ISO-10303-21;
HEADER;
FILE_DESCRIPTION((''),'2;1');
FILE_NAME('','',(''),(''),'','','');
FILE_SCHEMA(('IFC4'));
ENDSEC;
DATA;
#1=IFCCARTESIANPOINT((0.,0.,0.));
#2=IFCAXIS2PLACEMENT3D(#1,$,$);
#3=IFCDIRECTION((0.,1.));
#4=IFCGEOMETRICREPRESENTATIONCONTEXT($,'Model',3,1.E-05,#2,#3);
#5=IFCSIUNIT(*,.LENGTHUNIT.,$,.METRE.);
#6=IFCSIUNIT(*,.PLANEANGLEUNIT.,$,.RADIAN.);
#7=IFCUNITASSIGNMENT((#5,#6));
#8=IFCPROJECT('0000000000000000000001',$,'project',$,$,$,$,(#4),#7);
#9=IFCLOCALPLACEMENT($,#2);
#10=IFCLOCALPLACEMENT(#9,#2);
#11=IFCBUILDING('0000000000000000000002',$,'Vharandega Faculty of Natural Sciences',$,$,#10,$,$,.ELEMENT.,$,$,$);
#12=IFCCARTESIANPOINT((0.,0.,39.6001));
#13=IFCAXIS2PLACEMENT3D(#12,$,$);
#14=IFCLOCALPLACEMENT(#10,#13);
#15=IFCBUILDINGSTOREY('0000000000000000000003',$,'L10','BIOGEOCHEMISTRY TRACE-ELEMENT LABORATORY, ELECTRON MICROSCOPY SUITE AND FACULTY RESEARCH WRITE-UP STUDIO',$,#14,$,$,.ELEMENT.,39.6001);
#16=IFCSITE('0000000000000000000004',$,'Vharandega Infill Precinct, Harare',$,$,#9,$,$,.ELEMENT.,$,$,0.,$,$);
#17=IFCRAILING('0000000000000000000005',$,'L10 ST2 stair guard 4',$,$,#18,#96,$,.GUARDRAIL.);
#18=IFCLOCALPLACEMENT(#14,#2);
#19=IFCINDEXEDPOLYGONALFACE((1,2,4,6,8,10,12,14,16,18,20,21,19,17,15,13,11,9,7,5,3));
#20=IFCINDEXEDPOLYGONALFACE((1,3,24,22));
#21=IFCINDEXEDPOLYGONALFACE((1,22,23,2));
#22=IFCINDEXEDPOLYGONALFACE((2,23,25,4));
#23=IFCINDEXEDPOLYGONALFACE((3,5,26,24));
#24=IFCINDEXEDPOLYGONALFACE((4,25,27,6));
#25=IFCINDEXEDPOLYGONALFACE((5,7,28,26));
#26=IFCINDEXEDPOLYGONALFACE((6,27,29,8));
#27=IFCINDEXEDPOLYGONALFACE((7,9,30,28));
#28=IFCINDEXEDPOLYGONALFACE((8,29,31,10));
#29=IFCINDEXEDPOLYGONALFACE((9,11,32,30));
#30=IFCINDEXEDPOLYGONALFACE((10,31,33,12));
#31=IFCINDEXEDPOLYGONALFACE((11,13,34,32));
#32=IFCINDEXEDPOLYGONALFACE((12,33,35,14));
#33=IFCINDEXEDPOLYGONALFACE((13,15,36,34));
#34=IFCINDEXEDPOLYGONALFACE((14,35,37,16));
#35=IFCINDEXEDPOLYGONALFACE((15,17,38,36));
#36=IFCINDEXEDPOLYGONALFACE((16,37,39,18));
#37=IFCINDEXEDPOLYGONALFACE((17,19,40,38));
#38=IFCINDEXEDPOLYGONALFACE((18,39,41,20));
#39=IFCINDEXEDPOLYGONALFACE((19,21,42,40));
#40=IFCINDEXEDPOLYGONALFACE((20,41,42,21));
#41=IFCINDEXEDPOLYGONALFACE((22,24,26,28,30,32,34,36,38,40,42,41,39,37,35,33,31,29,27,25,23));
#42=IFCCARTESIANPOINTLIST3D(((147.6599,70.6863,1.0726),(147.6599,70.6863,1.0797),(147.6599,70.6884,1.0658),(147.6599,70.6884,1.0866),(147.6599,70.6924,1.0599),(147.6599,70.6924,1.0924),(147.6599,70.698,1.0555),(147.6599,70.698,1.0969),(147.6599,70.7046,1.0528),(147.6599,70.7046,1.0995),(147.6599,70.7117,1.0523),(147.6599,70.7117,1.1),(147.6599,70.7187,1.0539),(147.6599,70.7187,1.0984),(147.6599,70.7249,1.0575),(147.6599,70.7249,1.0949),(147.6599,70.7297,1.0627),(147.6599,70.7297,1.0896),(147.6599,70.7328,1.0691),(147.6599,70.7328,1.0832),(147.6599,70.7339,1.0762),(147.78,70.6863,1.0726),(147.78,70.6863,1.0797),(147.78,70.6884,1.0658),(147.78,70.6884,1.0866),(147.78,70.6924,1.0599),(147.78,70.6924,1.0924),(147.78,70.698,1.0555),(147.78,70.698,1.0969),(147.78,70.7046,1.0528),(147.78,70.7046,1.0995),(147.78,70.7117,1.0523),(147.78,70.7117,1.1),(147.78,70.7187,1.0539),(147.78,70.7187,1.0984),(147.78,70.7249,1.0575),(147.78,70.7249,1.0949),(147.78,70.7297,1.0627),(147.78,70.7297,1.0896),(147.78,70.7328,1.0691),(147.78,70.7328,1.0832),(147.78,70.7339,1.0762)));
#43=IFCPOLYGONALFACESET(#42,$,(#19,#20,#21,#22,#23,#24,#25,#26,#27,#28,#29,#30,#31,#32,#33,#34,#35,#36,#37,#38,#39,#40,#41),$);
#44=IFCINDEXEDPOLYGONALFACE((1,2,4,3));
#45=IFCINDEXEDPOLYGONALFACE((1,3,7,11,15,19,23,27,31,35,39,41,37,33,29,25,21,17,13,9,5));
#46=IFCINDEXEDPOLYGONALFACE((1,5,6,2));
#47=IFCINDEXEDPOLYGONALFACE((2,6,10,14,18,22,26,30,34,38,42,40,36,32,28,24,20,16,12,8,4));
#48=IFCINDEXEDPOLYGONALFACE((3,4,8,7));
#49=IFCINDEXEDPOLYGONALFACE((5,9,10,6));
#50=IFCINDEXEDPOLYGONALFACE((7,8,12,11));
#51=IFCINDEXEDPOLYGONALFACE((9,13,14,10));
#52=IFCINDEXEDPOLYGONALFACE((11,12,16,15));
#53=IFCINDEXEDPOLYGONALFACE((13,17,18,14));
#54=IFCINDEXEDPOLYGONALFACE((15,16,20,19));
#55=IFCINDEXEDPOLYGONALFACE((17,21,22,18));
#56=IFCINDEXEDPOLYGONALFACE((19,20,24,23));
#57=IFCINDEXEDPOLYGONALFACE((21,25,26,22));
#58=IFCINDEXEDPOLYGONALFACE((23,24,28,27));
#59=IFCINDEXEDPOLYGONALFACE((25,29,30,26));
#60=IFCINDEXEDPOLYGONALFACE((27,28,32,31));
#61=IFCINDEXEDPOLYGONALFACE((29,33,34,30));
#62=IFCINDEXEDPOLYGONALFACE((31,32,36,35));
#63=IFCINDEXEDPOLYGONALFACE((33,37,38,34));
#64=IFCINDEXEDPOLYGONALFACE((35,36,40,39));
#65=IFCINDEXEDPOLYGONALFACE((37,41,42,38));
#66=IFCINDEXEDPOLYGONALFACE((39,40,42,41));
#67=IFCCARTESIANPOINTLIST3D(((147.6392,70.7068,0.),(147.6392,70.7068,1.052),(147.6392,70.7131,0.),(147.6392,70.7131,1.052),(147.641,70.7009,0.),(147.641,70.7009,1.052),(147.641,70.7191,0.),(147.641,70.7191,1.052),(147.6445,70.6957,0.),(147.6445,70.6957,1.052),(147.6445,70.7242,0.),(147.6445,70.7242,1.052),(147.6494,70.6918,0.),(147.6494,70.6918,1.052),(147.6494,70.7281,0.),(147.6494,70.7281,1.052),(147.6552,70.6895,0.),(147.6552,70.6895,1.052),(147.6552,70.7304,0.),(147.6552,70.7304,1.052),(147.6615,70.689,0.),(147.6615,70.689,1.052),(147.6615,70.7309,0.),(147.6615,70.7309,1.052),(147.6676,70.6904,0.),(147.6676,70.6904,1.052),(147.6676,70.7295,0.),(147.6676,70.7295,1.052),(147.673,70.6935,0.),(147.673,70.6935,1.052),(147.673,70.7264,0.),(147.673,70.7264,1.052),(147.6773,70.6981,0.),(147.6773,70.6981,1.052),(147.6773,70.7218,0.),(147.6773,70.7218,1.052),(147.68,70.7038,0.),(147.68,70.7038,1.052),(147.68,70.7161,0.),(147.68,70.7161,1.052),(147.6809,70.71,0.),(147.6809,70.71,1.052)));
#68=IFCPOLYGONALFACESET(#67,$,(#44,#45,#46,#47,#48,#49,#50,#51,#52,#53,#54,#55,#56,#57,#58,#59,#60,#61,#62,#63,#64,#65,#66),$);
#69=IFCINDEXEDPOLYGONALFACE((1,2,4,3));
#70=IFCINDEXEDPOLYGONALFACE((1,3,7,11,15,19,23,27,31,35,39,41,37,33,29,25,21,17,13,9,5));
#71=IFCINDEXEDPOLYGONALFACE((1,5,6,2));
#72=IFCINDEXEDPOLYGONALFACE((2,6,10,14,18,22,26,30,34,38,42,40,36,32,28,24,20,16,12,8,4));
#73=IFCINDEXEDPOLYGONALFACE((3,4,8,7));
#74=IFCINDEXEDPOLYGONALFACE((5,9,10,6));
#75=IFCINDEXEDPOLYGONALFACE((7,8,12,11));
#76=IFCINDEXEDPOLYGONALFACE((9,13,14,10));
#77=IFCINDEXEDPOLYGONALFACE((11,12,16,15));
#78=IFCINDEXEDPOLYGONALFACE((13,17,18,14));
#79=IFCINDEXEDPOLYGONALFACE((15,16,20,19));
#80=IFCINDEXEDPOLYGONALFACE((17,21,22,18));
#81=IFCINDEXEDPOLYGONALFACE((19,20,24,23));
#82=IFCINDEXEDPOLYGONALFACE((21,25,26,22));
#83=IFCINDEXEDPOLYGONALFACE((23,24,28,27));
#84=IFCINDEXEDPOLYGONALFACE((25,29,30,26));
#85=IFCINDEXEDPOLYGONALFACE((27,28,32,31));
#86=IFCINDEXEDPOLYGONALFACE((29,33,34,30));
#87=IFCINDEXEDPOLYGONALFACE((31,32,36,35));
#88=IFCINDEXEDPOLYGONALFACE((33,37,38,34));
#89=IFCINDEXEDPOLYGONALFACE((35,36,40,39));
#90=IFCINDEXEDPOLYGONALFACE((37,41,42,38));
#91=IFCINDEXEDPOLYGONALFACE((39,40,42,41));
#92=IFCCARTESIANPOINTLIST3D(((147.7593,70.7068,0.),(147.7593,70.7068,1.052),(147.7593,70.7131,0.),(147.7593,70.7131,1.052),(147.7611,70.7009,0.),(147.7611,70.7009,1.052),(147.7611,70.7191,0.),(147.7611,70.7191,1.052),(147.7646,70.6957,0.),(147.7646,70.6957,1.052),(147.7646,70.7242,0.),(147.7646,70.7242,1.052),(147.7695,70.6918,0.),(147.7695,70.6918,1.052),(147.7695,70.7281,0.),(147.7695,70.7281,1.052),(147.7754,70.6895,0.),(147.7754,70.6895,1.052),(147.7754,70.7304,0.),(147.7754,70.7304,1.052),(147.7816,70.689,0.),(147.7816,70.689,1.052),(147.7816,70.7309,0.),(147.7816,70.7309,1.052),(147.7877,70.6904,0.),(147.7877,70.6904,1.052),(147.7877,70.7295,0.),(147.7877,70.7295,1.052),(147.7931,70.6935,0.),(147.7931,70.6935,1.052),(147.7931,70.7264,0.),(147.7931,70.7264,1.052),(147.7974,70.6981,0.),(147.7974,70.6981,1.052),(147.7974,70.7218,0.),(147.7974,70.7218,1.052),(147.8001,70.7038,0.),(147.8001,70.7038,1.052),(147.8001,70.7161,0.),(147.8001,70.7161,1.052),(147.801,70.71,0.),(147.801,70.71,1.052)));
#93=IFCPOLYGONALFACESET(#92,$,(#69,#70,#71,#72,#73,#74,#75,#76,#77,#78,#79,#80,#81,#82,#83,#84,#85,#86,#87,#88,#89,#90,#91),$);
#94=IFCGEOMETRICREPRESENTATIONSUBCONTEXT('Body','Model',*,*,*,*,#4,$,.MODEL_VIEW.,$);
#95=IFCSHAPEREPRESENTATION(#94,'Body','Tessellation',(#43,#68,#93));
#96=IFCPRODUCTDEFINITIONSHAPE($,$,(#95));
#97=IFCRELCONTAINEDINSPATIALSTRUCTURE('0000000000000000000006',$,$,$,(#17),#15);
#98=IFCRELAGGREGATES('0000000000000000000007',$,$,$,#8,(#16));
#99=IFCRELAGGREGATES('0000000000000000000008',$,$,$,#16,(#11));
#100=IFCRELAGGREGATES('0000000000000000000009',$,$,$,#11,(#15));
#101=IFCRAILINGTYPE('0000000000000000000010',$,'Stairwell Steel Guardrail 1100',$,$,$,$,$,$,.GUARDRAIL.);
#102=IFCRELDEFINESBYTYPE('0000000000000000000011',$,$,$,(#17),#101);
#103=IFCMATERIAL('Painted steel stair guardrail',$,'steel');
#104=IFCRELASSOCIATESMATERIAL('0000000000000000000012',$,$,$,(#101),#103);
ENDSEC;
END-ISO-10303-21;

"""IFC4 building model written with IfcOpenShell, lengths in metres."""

from ifc_helpers import new_model, si_unit, direction, frame, origin, origin_2d, place, context, subcontext, project, spatial, circle, extrude, material, type_object, element, save


model = new_model("IFC4")

# Units and contexts
model_context = context("Model", 3, precision=1e-05, world=origin(), true_north=direction((0.0, 1.0)))
body_context = subcontext(model_context, "Body", "Model", "MODEL_VIEW")
ifc_project = project(units=[si_unit("LENGTHUNIT", "METRE"), si_unit("PLANEANGLEUNIT", "RADIAN")], contexts=[model_context])

# Site, building, storey
site_placement = place(None, origin())
site = spatial("IfcSite", under=ifc_project, at=site_placement, Name="Vharandega Infill Precinct, Harare", CompositionType="ELEMENT", RefElevation=0.0)
building_placement = place(site_placement, origin())
building = spatial("IfcBuilding", under=site, at=building_placement, Name="Vharandega Faculty of Natural Sciences", CompositionType="ELEMENT")
storey_placement = place(building_placement, frame((0.0, 0.0, 39.6001)))
storey = spatial("IfcBuildingStorey", under=building, at=storey_placement, Name="L10", Description="BIOGEOCHEMISTRY TRACE-ELEMENT LABORATORY, ELECTRON MICROSCOPY SUITE AND FACULTY RESEARCH WRITE-UP STUDIO", CompositionType="ELEMENT", Elevation=39.6001)

# Railing
ifc_material_1 = material(Name="Painted steel stair guardrail", Category="steel")
railing_type_1 = type_object("IfcRailingType", Name="Stairwell Steel Guardrail 1100", PredefinedType="GUARDRAIL", material=ifc_material_1)
railing_1_placement = place(storey_placement, frame((147.6599, 70.71, 0.0)))
element("IfcRailing", 1, at=railing_1_placement, inside=storey, type_object=railing_type_1, Name="L10 ST2 stair guard 4", PredefinedType="GUARDRAIL", context=body_context, shape_type="SweptSolid", body=[
    extrude(circle(Radius=0.0239, at=origin_2d()), frame((0.0, 0.0, 1.0762), z_axis=(1.0, 0.0, 0.0), x_axis=(0.0, 1.0, 0.0)), (0.0, 0.0, 1.0), 0.1201),
    extrude(circle(Radius=0.021, at=origin_2d()), origin(), (0.0, 0.0, 1.0), 1.052),
    extrude(circle(Radius=0.021, at=origin_2d()), frame((0.1201, 0.0, 0.0)), (0.0, 0.0, 1.0), 1.052),
])

save(model, "model.ifc")
